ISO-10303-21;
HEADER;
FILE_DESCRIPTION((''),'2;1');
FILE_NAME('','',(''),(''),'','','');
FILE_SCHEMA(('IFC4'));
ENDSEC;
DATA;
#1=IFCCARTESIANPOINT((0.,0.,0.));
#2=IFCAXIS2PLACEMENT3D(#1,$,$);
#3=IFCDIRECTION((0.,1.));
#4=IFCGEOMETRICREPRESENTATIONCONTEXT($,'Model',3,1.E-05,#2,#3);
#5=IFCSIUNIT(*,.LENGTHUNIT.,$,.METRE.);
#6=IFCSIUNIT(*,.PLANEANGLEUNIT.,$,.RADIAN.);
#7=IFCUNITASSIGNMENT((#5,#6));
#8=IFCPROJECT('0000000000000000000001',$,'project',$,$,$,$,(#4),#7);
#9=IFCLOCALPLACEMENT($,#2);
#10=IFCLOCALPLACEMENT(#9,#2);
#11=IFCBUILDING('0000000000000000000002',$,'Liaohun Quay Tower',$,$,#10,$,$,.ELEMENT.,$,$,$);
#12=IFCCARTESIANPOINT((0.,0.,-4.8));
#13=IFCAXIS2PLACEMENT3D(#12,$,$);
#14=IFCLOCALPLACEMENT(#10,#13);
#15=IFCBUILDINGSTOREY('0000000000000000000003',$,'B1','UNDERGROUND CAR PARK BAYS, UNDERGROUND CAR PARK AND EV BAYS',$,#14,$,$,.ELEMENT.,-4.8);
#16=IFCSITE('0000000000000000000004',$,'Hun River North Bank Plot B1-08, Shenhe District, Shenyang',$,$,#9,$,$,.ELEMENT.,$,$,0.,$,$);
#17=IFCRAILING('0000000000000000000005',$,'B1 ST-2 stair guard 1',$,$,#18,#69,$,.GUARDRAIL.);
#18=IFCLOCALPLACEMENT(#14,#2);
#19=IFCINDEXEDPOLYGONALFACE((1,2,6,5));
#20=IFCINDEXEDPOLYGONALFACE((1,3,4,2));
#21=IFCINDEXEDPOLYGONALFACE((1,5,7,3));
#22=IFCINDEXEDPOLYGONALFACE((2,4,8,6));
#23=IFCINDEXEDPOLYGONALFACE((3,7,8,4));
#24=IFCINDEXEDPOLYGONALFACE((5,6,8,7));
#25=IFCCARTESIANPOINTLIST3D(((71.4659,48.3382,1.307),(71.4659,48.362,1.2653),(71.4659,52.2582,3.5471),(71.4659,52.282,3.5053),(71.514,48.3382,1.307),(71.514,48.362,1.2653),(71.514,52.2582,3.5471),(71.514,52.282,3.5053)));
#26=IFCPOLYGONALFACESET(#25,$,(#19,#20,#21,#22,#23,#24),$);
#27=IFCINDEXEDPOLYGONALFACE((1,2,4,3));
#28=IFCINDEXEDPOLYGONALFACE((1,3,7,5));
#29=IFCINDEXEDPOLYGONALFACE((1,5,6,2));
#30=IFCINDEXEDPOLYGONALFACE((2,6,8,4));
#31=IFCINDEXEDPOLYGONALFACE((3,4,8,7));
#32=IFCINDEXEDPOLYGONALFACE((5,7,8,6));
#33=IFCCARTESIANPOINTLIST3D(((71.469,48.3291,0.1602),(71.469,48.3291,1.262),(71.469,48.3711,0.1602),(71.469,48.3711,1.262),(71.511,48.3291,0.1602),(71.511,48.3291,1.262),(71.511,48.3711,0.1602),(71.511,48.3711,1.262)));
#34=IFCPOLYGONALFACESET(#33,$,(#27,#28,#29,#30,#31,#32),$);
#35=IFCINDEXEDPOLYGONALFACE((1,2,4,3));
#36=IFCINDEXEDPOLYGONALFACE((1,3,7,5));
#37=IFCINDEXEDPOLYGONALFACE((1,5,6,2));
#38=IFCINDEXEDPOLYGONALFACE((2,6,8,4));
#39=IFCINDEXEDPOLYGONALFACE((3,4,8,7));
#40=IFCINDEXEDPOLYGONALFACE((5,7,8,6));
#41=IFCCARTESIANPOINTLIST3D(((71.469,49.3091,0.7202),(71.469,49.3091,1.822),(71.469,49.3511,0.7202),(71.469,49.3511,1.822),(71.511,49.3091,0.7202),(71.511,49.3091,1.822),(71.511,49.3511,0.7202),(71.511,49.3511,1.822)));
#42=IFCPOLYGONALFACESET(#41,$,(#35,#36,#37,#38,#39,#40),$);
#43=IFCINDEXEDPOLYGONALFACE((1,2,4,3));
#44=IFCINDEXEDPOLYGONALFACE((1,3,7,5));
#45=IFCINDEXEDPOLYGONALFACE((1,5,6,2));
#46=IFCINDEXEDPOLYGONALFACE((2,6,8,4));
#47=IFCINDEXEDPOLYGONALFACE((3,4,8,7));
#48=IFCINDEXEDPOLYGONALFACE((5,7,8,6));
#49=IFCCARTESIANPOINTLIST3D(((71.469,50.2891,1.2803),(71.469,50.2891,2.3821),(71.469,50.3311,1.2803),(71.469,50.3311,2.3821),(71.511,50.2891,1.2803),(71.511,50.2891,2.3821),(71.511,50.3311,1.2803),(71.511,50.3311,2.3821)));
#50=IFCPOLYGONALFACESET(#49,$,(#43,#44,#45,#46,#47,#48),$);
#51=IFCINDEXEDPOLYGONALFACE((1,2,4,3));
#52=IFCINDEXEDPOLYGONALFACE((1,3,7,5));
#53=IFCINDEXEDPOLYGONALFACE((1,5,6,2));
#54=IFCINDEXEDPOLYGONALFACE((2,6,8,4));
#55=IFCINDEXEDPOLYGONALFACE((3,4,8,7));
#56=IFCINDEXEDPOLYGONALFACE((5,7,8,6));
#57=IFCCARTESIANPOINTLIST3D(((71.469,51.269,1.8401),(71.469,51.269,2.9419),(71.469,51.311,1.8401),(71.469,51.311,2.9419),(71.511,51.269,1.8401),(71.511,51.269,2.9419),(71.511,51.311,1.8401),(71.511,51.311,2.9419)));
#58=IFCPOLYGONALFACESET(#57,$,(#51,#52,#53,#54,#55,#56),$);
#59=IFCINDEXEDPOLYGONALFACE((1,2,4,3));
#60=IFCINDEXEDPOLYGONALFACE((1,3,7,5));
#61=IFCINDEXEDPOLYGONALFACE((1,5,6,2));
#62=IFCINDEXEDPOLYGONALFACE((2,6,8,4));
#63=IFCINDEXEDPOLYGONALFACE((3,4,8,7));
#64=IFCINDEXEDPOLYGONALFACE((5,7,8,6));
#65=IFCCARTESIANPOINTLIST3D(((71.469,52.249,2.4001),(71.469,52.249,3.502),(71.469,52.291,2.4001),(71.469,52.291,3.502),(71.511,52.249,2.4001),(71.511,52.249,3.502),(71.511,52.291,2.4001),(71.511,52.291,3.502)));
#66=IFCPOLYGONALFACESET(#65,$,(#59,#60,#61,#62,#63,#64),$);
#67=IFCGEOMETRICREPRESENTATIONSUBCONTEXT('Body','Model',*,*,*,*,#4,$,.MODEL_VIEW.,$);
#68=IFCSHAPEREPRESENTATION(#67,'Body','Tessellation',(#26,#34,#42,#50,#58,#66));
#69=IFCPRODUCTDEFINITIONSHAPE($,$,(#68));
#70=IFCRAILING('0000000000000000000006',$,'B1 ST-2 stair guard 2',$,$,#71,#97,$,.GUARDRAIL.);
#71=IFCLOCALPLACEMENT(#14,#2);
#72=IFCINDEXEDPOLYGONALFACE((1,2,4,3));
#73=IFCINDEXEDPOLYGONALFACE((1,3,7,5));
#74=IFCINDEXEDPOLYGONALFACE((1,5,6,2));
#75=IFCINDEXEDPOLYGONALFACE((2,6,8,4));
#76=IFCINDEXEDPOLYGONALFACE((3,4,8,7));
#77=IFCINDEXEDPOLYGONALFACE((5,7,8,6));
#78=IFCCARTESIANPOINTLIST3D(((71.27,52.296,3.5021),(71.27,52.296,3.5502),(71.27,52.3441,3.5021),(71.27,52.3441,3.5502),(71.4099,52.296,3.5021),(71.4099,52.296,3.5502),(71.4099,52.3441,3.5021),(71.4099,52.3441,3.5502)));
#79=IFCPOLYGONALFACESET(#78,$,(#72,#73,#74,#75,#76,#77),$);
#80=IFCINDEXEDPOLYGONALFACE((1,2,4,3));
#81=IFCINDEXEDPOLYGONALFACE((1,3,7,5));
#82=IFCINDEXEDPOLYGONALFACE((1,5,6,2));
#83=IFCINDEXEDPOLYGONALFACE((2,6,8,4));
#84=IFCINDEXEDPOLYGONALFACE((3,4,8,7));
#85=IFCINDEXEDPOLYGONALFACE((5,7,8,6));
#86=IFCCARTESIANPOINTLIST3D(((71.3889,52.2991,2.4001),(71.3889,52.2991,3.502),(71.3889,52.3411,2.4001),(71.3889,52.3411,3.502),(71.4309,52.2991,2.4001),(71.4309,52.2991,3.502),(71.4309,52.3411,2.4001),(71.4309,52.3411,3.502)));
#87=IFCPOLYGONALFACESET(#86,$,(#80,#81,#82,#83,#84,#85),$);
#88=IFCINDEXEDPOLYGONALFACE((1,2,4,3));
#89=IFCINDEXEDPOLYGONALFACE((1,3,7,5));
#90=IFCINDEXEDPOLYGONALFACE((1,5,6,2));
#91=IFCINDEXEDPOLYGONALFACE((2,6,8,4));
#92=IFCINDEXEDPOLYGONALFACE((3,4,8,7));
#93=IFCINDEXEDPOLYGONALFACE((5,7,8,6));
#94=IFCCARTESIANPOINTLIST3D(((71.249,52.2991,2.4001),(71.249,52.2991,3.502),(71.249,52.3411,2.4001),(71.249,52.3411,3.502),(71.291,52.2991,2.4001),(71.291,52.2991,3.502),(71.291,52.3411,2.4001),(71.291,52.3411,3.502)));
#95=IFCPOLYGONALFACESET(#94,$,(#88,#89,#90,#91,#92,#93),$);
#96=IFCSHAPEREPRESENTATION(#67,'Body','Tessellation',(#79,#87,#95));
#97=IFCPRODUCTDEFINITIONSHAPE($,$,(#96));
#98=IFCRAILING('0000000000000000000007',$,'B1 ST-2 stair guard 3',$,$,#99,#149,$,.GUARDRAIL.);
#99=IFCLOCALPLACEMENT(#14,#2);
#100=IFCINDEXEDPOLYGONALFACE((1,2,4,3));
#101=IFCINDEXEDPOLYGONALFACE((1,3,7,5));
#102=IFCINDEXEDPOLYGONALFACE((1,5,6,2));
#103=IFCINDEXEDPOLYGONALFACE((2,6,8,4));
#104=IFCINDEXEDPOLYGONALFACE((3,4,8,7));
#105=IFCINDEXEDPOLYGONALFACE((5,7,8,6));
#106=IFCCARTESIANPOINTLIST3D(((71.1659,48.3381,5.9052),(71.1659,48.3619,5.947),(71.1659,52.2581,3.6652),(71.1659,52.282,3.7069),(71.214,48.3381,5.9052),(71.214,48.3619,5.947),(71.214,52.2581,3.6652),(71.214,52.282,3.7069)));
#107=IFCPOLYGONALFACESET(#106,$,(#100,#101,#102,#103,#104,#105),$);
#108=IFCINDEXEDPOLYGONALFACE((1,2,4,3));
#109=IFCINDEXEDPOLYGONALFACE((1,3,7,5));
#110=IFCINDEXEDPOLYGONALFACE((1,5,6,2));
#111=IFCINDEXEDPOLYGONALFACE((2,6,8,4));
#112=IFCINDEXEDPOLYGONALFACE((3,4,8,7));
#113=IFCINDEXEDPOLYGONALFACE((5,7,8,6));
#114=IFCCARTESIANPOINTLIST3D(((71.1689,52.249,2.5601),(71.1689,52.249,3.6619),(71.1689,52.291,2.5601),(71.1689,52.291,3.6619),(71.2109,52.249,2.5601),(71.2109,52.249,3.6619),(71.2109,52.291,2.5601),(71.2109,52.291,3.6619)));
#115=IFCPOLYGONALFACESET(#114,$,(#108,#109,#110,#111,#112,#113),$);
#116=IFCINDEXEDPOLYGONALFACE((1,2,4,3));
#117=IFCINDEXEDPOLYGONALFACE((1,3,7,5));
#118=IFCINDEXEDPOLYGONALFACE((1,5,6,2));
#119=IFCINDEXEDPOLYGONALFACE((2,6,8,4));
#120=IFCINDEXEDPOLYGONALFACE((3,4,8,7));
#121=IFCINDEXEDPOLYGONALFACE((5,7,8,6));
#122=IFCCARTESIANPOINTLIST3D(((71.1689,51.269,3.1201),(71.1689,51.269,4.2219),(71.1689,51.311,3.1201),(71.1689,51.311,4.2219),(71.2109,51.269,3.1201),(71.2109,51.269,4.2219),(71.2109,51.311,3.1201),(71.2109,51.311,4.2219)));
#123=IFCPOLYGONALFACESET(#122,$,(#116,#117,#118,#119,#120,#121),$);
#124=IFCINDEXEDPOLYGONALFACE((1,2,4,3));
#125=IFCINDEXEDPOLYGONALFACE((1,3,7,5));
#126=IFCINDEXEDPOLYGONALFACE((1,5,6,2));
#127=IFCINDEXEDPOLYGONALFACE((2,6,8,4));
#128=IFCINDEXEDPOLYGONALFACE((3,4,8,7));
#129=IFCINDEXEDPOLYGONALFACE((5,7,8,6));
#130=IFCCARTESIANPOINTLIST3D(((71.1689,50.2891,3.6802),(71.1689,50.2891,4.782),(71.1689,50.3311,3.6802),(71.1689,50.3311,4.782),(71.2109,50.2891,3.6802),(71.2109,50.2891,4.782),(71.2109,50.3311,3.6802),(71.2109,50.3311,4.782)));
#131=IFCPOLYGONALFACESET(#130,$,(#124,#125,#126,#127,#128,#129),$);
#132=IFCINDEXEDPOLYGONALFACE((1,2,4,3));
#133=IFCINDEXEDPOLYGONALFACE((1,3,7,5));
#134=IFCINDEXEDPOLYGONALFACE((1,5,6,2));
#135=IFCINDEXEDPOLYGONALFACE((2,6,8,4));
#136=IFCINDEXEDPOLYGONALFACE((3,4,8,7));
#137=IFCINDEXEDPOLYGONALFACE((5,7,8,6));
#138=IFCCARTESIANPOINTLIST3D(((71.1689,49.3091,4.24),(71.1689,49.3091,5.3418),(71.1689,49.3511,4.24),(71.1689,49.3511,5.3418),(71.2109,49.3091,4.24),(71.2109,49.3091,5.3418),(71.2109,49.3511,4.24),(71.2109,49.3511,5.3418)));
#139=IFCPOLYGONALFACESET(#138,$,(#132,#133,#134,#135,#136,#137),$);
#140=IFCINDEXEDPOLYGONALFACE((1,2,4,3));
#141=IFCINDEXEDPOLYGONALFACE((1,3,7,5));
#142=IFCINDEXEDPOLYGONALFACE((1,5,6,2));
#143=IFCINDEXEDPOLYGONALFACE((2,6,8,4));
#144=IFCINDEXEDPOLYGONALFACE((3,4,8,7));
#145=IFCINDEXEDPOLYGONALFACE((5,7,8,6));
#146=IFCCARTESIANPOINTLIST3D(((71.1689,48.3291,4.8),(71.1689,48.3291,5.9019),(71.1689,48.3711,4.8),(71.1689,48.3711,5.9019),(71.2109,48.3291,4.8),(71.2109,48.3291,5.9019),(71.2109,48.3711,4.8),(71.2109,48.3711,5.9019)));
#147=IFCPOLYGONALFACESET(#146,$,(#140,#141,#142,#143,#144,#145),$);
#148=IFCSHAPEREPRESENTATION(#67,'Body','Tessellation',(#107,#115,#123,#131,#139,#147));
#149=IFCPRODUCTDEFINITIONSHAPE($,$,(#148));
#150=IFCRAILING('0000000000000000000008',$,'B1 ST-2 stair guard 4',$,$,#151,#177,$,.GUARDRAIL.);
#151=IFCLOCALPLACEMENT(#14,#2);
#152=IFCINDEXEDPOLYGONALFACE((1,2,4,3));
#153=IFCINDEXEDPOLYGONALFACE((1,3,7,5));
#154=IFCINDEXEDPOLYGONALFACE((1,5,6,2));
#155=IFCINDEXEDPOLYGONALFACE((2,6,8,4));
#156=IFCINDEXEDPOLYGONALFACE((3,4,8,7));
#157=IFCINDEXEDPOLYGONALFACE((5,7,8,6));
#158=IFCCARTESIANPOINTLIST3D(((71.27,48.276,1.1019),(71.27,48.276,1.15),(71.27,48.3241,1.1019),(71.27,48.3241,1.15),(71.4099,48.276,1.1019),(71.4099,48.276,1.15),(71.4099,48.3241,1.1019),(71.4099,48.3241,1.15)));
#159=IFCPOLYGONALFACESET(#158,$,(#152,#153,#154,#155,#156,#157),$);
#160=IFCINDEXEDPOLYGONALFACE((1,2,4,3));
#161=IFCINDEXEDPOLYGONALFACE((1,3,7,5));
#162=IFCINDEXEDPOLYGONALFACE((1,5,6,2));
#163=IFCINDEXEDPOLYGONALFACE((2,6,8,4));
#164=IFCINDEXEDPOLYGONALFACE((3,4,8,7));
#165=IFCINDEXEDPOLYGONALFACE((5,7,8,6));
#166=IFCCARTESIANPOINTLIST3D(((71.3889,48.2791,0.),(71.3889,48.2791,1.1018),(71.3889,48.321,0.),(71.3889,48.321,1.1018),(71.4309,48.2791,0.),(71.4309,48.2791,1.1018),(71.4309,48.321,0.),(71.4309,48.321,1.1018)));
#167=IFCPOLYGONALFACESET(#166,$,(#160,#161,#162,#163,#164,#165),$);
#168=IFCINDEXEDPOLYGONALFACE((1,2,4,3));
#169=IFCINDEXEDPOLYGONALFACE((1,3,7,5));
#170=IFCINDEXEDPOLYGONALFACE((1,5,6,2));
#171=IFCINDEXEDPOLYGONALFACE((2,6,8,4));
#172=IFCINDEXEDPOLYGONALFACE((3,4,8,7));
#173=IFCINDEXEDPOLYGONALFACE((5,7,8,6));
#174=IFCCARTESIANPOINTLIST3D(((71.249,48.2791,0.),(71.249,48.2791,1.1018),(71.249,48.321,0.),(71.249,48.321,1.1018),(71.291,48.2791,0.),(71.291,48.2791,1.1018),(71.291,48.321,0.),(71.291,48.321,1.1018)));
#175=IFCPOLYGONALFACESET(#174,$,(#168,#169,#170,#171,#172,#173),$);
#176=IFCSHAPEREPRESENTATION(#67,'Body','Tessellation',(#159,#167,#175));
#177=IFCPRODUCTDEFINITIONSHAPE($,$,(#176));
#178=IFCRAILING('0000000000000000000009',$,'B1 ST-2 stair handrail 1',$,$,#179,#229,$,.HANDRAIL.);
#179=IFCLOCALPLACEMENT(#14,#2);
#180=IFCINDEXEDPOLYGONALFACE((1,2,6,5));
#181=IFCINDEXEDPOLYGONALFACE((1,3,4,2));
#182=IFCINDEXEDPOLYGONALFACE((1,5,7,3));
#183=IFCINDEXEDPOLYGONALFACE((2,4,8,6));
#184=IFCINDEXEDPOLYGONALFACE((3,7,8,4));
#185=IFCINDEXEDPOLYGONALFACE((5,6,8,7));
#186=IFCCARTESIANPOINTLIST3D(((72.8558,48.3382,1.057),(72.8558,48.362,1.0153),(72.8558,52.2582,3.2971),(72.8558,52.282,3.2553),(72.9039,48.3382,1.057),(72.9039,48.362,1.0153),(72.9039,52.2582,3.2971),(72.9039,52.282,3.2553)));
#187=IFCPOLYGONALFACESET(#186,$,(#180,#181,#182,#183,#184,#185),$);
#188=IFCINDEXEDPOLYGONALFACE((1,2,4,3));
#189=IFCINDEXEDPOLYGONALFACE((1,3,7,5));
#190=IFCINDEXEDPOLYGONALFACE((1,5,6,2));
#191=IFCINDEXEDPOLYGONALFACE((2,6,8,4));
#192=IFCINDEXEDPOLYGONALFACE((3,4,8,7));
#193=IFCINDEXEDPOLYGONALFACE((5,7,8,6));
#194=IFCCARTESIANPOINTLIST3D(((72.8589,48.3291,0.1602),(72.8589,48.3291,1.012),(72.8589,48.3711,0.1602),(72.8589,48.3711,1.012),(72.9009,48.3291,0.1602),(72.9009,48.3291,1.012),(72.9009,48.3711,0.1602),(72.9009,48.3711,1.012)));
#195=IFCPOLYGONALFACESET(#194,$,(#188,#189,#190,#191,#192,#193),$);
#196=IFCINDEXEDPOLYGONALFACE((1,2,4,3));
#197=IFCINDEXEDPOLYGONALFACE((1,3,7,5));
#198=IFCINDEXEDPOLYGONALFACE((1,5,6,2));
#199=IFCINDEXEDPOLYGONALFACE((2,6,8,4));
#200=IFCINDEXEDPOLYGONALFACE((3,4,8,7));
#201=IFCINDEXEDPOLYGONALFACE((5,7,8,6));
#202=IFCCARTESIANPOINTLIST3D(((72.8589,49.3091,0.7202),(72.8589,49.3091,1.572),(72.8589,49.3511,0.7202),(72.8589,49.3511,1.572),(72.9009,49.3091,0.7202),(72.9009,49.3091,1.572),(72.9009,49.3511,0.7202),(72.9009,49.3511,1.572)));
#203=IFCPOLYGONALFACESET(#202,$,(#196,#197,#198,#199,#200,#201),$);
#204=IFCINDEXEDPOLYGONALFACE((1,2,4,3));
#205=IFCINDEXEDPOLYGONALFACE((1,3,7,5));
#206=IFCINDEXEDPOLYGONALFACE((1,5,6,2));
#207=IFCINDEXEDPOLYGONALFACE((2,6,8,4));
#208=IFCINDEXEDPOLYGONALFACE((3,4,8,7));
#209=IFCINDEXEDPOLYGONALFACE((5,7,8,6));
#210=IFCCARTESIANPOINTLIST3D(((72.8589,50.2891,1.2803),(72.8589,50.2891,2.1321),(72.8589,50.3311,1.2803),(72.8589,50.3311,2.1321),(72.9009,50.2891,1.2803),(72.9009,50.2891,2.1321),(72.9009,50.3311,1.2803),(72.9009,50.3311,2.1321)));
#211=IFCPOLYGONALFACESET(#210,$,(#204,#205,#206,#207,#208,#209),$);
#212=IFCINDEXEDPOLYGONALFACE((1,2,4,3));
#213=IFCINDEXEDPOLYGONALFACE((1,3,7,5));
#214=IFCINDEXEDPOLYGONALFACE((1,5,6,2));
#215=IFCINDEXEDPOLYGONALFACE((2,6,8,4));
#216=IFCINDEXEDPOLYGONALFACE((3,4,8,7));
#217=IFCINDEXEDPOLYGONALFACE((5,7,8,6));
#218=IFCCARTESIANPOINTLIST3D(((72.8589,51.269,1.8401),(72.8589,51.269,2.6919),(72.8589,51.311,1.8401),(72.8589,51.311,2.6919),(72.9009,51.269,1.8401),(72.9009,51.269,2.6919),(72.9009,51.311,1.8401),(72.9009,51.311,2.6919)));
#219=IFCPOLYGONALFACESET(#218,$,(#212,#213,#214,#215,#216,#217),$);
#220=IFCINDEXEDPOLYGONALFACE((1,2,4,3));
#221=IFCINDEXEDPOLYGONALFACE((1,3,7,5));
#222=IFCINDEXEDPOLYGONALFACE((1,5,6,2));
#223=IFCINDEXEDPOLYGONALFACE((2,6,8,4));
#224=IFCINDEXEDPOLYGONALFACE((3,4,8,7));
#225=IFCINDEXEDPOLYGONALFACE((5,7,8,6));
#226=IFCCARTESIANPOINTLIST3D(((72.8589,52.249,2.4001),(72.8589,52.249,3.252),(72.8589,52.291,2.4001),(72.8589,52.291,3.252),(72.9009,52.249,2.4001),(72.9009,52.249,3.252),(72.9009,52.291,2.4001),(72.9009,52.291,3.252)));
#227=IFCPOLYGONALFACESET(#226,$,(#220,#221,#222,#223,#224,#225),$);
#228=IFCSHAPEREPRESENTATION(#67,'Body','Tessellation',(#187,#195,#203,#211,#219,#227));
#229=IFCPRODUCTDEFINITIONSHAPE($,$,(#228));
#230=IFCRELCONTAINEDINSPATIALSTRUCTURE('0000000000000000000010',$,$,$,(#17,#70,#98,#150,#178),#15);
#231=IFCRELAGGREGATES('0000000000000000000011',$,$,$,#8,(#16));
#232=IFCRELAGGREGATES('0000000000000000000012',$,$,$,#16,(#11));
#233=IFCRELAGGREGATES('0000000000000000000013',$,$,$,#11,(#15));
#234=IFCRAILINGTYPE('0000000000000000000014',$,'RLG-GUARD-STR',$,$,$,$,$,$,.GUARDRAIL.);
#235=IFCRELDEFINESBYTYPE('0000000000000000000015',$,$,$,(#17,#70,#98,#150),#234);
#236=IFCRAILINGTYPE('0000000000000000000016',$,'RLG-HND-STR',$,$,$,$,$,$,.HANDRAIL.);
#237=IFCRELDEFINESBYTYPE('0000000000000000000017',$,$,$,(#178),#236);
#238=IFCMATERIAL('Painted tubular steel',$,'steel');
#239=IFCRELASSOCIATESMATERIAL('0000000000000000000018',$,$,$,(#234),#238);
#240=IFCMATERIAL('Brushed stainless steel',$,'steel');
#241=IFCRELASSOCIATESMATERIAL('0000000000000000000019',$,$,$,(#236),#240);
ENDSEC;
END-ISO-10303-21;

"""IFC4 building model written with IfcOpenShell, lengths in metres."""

from ifc_helpers import new_model, si_unit, direction, frame, origin, origin_2d, place, context, subcontext, project, spatial, rectangle, extrude, material, type_object, element, save


model = new_model("IFC4")

# Units and contexts
model_context = context("Model", 3, precision=1e-05, world=origin(), true_north=direction((0.0, 1.0)))
body_context = subcontext(model_context, "Body", "Model", "MODEL_VIEW")
ifc_project = project(units=[si_unit("LENGTHUNIT", "METRE"), si_unit("PLANEANGLEUNIT", "RADIAN")], contexts=[model_context])

# Site, building, storey
site_placement = place(None, origin())
site = spatial("IfcSite", under=ifc_project, at=site_placement, Name="Hun River North Bank Plot B1-08, Shenhe District, Shenyang", CompositionType="ELEMENT", RefElevation=0.0)
building_placement = place(site_placement, origin())
building = spatial("IfcBuilding", under=site, at=building_placement, Name="Liaohun Quay Tower", CompositionType="ELEMENT")
storey_placement = place(building_placement, frame((0.0, 0.0, -4.8)))
storey = spatial("IfcBuildingStorey", under=building, at=storey_placement, Name="B1", Description="UNDERGROUND CAR PARK BAYS, UNDERGROUND CAR PARK AND EV BAYS", CompositionType="ELEMENT", Elevation=-4.8)

# Railings
ifc_material_1 = material(Name="Painted tubular steel", Category="steel")
railing_type_1 = type_object("IfcRailingType", Name="RLG-GUARD-STR", PredefinedType="GUARDRAIL", material=ifc_material_1)
railing_1_placement = place(storey_placement, frame((71.49, 48.3501, 0.1602)))
element("IfcRailing", 1, at=railing_1_placement, inside=storey, type_object=railing_type_1, Name="B1 ST-2 stair guard 1", PredefinedType="GUARDRAIL", context=body_context, shape_type="SweptSolid", body=[
    extrude(rectangle(XDim=0.0481, YDim=0.0481, at=origin_2d()), frame((0.0, 0.0, 1.126), z_axis=(0.0, 0.86824, 0.496145), x_axis=(-1.0, 0.0, 0.0)), (0.0, 0.0, 1.0), 4.5149),
    extrude(rectangle(XDim=0.042, YDim=0.042, at=origin_2d()), origin(), (0.0, 0.0, 1.0), 1.1018),
    extrude(rectangle(XDim=0.042, YDim=0.042, at=origin_2d()), frame((0.0, 0.98, 0.5601)), (0.0, 0.0, 1.0), 1.1018),
    extrude(rectangle(XDim=0.042, YDim=0.042, at=origin_2d()), frame((0.0, 1.96, 1.1201)), (0.0, 0.0, 1.0), 1.1018),
    extrude(rectangle(XDim=0.042, YDim=0.042, at=origin_2d()), frame((0.0, 2.9399, 1.6799)), (0.0, 0.0, 1.0), 1.1018),
    extrude(rectangle(XDim=0.042, YDim=0.042, at=origin_2d()), frame((0.0, 3.9199, 2.24)), (0.0, 0.0, 1.0), 1.1018),
])
railing_2_placement = place(storey_placement, frame((71.4099, 52.3201, 2.4001)))
element("IfcRailing", 2, at=railing_2_placement, inside=storey, type_object=railing_type_1, Name="B1 ST-2 stair guard 2", PredefinedType="GUARDRAIL", context=body_context, shape_type="SweptSolid", body=[
    extrude(rectangle(XDim=0.0481, YDim=0.0481, at=origin_2d()), frame((0.0, 0.0, 1.126), z_axis=(-1.0, 0.0, 0.0), x_axis=(0.0, -1.0, 0.0)), (0.0, 0.0, 1.0), 0.1399),
    extrude(rectangle(XDim=0.042, YDim=0.042, at=origin_2d()), origin(), (0.0, 0.0, 1.0), 1.1018),
    extrude(rectangle(XDim=0.042, YDim=0.042, at=origin_2d()), frame((-0.1399, 0.0, 0.0)), (0.0, 0.0, 1.0), 1.1018),
])
railing_3_placement = place(storey_placement, frame((71.1899, 52.27, 2.5601)))
element("IfcRailing", 3, at=railing_3_placement, inside=storey, type_object=railing_type_1, Name="B1 ST-2 stair guard 3", PredefinedType="GUARDRAIL", context=body_context, shape_type="SweptSolid", body=[
    extrude(rectangle(XDim=0.0481, YDim=0.0481, at=origin_2d()), frame((0.0, 0.0, 1.126), z_axis=(0.0, -0.86824, 0.496145), x_axis=(1.0, 0.0, 0.0)), (0.0, 0.0, 1.0), 4.5149),
    extrude(rectangle(XDim=0.042, YDim=0.042, at=origin_2d()), origin(), (0.0, 0.0, 1.0), 1.1018),
    extrude(rectangle(XDim=0.042, YDim=0.042, at=origin_2d()), frame((0.0, -0.98, 0.5601)), (0.0, 0.0, 1.0), 1.1018),
    extrude(rectangle(XDim=0.042, YDim=0.042, at=origin_2d()), frame((0.0, -1.96, 1.1201)), (0.0, 0.0, 1.0), 1.1018),
    extrude(rectangle(XDim=0.042, YDim=0.042, at=origin_2d()), frame((0.0, -2.9399, 1.6799)), (0.0, 0.0, 1.0), 1.1018),
    extrude(rectangle(XDim=0.042, YDim=0.042, at=origin_2d()), frame((0.0, -3.9199, 2.24)), (0.0, 0.0, 1.0), 1.1018),
])
railing_4_placement = place(storey_placement, frame((71.4099, 48.3, 0.0)))
element("IfcRailing", 4, at=railing_4_placement, inside=storey, type_object=railing_type_1, Name="B1 ST-2 stair guard 4", PredefinedType="GUARDRAIL", context=body_context, shape_type="SweptSolid", body=[
    extrude(rectangle(XDim=0.0481, YDim=0.0481, at=origin_2d()), frame((0.0, 0.0, 1.126), z_axis=(-1.0, 0.0, 0.0), x_axis=(0.0, -1.0, 0.0)), (0.0, 0.0, 1.0), 0.1399),
    extrude(rectangle(XDim=0.042, YDim=0.042, at=origin_2d()), origin(), (0.0, 0.0, 1.0), 1.1018),
    extrude(rectangle(XDim=0.042, YDim=0.042, at=origin_2d()), frame((-0.1399, 0.0, 0.0)), (0.0, 0.0, 1.0), 1.1018),
])
ifc_material_2 = material(Name="Brushed stainless steel", Category="steel")
railing_type_2 = type_object("IfcRailingType", Name="RLG-HND-STR", PredefinedType="HANDRAIL", material=ifc_material_2)
railing_5_placement = place(storey_placement, frame((72.8799, 48.3501, 0.1602)))
element("IfcRailing", 5, at=railing_5_placement, inside=storey, type_object=railing_type_2, Name="B1 ST-2 stair handrail 1", PredefinedType="HANDRAIL", context=body_context, shape_type="SweptSolid", body=[
    extrude(rectangle(XDim=0.0481, YDim=0.0481, at=origin_2d()), frame((0.0, 0.0, 0.876), z_axis=(0.0, 0.86824, 0.496145), x_axis=(-1.0, 0.0, 0.0)), (0.0, 0.0, 1.0), 4.5149),
    extrude(rectangle(XDim=0.042, YDim=0.042, at=origin_2d()), origin(), (0.0, 0.0, 1.0), 0.8518),
    extrude(rectangle(XDim=0.042, YDim=0.042, at=origin_2d()), frame((0.0, 0.98, 0.5601)), (0.0, 0.0, 1.0), 0.8518),
    extrude(rectangle(XDim=0.042, YDim=0.042, at=origin_2d()), frame((0.0, 1.96, 1.1201)), (0.0, 0.0, 1.0), 0.8518),
    extrude(rectangle(XDim=0.042, YDim=0.042, at=origin_2d()), frame((0.0, 2.9399, 1.6799)), (0.0, 0.0, 1.0), 0.8518),
    extrude(rectangle(XDim=0.042, YDim=0.042, at=origin_2d()), frame((0.0, 3.9199, 2.24)), (0.0, 0.0, 1.0), 0.8518),
])

save(model, "model.ifc")
